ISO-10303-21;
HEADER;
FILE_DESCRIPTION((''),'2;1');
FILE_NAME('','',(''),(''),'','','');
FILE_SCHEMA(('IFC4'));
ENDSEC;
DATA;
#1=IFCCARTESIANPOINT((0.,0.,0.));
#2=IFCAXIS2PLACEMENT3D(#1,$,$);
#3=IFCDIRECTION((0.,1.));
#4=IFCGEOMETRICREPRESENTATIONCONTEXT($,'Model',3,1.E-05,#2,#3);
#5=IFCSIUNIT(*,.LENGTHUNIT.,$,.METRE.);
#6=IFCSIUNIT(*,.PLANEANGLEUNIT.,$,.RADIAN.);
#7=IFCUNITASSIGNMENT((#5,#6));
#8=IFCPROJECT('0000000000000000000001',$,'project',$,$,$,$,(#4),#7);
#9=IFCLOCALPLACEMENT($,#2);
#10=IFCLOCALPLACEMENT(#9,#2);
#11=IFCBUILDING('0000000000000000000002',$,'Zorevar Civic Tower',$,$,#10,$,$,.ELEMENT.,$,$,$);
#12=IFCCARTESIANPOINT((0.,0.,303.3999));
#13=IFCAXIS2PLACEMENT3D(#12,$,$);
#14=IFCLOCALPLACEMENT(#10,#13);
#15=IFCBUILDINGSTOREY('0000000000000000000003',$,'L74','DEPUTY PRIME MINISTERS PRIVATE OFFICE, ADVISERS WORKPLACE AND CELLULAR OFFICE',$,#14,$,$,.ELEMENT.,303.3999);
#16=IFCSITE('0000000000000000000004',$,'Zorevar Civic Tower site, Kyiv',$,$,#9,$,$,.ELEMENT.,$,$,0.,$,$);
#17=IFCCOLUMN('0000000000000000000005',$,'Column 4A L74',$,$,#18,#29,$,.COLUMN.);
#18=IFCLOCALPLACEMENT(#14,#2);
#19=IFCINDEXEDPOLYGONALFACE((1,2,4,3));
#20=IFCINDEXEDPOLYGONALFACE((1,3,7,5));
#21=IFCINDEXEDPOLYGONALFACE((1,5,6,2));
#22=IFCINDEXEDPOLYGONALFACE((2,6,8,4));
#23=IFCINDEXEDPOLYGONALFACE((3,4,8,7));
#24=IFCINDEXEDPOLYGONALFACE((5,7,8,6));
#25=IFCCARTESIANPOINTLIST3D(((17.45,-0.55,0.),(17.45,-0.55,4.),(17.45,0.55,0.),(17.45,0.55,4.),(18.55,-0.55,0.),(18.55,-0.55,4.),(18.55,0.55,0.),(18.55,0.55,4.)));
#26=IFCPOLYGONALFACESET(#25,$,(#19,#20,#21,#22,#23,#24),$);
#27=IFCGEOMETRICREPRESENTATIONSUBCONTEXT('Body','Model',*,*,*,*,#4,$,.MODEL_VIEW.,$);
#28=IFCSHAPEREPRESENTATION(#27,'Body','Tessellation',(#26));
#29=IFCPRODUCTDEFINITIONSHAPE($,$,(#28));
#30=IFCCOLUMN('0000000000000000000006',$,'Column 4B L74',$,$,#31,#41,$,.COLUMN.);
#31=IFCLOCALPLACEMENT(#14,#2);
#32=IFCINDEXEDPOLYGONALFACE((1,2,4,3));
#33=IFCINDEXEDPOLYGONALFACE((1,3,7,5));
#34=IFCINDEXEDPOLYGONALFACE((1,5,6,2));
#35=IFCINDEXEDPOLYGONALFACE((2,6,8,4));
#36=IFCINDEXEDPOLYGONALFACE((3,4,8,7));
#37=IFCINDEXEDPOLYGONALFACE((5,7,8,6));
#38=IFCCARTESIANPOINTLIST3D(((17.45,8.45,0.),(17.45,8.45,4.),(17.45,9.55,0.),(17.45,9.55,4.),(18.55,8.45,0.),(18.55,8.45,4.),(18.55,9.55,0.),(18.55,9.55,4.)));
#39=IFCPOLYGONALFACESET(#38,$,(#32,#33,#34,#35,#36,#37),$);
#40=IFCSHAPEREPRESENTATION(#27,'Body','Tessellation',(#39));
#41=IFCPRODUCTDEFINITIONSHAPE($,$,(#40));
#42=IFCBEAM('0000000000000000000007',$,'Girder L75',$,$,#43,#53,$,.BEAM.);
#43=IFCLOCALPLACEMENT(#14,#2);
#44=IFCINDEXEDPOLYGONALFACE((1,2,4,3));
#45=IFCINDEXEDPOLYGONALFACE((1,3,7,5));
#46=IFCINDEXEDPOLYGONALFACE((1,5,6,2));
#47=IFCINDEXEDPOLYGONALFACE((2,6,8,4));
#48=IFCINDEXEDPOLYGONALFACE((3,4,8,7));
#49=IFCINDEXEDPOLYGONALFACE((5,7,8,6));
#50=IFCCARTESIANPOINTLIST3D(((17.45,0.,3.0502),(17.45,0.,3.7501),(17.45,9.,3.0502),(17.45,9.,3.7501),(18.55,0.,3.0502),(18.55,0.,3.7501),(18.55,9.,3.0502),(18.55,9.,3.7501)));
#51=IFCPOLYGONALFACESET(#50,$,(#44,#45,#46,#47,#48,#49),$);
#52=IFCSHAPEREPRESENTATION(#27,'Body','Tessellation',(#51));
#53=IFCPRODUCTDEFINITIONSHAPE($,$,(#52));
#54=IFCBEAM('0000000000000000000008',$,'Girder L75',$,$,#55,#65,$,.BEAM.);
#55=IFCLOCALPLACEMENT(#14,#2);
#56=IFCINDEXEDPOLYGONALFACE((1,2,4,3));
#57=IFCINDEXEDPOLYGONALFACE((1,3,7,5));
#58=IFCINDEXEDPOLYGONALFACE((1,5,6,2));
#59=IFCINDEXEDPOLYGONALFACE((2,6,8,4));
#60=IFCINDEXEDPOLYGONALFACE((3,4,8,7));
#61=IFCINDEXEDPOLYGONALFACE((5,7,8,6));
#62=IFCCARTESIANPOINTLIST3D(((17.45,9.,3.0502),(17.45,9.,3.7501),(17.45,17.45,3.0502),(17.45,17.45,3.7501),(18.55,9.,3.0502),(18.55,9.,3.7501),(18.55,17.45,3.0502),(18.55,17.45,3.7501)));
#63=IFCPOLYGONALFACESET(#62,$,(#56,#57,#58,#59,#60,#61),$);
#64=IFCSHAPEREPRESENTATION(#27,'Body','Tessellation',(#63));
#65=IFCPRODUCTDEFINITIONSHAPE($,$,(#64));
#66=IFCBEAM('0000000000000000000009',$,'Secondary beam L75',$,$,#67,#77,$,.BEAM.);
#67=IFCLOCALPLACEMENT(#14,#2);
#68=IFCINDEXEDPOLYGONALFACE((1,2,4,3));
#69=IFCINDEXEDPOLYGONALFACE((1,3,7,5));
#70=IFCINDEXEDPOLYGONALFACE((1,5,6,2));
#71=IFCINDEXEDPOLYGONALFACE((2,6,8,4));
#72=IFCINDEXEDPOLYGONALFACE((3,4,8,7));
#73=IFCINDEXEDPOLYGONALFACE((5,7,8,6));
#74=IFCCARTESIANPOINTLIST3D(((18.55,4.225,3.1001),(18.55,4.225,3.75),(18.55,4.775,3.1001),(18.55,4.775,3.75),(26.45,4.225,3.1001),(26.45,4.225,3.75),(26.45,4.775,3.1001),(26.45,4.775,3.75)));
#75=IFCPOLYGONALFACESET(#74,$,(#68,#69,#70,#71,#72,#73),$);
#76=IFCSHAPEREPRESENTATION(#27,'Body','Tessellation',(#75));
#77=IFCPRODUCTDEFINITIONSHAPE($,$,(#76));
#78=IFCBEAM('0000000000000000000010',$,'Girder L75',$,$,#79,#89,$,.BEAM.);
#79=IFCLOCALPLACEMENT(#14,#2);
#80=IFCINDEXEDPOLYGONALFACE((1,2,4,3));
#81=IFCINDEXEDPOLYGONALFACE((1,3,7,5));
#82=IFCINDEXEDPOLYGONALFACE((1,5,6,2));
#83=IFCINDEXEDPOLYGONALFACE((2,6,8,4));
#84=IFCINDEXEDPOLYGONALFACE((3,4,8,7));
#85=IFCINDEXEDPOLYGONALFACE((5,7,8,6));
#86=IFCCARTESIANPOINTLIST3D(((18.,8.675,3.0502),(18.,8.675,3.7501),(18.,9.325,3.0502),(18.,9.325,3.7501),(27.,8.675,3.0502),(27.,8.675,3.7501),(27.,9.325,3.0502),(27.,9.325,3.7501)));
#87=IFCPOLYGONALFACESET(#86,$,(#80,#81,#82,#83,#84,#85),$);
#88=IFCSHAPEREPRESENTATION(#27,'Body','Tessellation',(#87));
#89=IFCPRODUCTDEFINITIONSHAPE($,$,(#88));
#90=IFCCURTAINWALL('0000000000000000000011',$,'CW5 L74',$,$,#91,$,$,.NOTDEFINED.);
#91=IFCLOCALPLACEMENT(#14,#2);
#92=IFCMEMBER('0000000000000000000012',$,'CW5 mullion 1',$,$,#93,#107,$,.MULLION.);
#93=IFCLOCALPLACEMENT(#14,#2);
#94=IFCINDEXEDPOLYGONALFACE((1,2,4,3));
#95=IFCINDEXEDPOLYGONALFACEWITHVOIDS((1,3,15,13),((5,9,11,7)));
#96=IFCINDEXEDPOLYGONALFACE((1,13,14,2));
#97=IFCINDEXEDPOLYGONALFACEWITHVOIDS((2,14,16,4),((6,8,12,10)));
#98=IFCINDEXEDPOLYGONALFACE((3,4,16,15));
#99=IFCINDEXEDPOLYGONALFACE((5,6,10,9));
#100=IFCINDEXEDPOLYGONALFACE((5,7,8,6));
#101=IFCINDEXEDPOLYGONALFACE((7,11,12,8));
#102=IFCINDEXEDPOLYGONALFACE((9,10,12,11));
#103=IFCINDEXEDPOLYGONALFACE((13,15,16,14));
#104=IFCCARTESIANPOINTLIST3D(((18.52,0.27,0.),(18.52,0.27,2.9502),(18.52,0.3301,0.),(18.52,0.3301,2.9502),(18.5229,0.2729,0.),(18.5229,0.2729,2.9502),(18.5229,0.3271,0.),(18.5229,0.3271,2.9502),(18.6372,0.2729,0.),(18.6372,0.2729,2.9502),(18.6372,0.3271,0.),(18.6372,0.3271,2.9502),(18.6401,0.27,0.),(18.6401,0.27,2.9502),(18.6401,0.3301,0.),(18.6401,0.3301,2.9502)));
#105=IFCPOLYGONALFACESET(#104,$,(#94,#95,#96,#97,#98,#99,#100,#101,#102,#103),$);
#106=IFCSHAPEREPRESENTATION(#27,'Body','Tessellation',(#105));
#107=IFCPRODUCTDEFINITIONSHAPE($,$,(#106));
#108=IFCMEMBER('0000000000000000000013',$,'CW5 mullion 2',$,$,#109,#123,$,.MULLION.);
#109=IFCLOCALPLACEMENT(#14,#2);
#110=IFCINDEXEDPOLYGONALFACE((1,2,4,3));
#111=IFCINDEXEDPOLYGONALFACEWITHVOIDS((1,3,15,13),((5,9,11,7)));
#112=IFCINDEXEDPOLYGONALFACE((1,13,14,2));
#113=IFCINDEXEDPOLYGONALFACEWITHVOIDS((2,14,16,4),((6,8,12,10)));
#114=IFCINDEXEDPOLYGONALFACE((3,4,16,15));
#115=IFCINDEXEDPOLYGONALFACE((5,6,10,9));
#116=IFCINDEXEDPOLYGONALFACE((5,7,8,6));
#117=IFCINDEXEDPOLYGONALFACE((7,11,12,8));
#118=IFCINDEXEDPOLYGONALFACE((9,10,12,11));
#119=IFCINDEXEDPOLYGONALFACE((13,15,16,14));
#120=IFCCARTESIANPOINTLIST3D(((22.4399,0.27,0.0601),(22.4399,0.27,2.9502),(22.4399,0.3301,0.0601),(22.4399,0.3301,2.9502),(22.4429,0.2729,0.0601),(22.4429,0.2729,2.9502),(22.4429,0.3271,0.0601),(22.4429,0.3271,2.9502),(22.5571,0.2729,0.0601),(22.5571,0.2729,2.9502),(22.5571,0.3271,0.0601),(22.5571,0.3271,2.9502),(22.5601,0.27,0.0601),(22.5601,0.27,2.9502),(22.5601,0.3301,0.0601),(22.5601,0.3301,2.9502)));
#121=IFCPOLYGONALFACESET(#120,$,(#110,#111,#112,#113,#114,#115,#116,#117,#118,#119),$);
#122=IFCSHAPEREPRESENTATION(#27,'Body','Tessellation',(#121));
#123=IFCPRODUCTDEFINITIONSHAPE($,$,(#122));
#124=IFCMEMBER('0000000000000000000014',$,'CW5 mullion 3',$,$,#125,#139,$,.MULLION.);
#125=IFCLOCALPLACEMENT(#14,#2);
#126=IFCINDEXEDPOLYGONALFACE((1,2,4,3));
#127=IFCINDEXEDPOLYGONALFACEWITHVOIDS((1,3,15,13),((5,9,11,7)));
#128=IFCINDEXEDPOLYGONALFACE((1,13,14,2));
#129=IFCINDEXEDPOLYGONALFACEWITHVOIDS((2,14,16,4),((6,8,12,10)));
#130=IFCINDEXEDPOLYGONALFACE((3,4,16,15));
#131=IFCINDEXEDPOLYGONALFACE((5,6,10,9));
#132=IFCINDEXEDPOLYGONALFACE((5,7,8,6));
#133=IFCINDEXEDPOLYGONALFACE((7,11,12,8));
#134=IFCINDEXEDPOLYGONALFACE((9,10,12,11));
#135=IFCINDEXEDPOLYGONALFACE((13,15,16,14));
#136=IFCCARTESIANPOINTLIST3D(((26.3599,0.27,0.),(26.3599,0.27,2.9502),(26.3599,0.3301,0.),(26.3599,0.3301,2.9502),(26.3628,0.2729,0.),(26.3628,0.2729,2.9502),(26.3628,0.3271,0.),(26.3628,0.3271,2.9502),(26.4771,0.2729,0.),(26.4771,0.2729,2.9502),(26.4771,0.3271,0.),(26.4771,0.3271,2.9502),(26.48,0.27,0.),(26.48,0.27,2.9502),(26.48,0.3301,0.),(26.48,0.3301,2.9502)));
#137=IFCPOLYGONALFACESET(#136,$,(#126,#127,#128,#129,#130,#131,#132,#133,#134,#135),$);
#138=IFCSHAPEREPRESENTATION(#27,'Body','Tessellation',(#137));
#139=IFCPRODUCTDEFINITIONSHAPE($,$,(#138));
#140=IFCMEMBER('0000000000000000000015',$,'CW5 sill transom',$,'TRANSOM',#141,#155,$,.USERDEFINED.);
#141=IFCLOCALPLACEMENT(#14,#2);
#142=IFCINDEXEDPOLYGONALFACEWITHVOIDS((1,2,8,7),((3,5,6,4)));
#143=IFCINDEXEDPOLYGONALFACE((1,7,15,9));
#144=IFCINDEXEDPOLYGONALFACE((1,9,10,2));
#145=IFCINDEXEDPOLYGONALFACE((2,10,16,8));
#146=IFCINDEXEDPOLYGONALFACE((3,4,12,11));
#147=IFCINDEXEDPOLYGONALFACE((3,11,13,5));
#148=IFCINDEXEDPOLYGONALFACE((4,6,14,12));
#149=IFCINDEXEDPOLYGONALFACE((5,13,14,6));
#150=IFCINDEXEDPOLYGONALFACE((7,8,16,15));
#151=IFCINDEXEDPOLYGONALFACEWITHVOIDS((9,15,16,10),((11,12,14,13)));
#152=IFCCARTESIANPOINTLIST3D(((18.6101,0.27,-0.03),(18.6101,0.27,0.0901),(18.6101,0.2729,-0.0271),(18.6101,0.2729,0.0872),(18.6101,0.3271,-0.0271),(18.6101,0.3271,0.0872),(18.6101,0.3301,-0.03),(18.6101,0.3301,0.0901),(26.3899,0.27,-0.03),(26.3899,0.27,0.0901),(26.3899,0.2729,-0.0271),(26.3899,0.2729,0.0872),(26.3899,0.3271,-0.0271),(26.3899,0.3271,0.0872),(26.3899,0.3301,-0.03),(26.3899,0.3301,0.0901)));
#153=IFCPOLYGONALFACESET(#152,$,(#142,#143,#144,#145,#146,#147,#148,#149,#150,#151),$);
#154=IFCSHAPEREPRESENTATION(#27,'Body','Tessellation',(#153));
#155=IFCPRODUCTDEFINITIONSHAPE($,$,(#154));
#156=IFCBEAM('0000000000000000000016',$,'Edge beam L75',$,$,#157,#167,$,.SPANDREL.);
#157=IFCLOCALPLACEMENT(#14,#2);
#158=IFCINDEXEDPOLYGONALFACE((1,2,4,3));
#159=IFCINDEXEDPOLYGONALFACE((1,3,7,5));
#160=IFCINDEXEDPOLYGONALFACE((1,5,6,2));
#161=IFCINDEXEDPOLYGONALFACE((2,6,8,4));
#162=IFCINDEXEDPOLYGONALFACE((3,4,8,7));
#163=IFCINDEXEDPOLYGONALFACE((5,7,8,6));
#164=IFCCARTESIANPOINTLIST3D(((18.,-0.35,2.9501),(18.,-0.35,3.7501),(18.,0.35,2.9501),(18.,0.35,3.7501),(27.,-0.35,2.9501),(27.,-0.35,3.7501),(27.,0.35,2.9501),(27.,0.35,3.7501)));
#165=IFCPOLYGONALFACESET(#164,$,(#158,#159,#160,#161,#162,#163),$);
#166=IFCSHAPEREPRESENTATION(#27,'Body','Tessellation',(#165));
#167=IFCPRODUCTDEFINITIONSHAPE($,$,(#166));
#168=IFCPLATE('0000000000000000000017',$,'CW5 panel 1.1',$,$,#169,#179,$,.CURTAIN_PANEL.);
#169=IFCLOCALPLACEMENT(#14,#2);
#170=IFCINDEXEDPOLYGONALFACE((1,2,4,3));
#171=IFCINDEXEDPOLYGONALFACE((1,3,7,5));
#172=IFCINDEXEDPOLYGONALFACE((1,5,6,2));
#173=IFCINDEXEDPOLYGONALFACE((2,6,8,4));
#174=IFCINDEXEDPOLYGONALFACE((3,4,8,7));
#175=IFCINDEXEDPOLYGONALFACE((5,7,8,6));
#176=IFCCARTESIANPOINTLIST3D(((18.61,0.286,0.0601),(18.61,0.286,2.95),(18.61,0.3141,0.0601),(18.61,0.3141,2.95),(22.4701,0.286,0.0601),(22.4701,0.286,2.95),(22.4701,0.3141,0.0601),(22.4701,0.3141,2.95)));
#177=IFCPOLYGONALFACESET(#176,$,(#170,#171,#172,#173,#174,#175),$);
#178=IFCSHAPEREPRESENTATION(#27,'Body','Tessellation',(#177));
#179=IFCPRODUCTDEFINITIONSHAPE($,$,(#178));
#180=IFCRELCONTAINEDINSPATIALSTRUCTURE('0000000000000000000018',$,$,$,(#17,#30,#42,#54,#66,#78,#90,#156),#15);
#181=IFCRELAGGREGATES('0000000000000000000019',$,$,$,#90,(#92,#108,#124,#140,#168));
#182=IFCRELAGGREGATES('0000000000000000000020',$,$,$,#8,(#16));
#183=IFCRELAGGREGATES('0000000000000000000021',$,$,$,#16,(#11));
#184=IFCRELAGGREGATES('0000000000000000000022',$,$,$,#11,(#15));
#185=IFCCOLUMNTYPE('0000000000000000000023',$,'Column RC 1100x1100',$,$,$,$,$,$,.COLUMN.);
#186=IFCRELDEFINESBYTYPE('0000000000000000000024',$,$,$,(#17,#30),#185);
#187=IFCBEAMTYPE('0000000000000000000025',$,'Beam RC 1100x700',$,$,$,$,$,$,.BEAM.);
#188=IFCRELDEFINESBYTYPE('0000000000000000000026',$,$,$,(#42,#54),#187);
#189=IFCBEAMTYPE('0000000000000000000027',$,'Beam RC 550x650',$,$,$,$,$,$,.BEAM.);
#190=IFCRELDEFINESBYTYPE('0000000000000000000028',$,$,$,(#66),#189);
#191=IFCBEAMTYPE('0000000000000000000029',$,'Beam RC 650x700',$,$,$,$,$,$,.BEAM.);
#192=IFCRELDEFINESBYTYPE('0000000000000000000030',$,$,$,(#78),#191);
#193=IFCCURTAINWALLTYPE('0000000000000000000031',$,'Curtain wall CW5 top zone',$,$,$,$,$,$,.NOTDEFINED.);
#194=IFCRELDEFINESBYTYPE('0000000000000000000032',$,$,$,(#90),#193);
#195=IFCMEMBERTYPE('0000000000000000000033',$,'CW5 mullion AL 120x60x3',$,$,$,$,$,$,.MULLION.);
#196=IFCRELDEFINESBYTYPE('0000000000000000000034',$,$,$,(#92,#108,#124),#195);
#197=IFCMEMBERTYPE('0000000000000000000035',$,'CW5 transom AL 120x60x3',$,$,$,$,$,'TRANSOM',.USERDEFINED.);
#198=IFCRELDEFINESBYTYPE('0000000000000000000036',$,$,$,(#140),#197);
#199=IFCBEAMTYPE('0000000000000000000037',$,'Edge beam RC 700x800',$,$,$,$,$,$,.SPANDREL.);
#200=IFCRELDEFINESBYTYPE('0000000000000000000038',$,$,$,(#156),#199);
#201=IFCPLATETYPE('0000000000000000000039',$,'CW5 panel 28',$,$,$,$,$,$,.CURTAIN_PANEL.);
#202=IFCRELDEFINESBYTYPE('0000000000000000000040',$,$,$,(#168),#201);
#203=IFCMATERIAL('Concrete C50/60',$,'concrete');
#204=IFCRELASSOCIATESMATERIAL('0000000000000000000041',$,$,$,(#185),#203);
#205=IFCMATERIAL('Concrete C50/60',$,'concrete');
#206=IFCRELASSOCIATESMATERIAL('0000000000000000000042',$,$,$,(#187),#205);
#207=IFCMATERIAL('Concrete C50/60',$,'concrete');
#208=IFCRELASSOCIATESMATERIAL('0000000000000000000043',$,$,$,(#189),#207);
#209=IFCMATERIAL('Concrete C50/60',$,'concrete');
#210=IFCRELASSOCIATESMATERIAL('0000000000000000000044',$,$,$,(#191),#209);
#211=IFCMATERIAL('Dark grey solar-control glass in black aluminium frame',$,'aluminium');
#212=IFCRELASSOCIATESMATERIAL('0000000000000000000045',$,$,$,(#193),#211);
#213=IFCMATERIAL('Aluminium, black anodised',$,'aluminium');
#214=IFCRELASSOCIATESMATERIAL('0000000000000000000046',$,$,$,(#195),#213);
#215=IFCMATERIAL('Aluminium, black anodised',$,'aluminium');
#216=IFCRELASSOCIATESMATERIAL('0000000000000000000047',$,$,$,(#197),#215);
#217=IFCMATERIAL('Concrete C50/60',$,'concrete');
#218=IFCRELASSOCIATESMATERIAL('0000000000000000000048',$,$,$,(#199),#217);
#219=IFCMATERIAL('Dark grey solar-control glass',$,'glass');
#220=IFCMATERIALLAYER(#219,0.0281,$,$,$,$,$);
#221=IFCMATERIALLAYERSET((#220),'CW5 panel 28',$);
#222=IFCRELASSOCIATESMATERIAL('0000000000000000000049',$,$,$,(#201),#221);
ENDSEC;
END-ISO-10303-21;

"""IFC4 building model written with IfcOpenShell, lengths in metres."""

from ifc_helpers import new_model, si_unit, direction, frame, origin, origin_2d, place, context, subcontext, project, spatial, rectangle, hollow_rectangle, extrude, material, layer, layer_set, material_profile, profile_set, type_object, element, aggregate, save


model = new_model("IFC4")

# Units and contexts
model_context = context("Model", 3, precision=1e-05, world=origin(), true_north=direction((0.0, 1.0)))
body_context = subcontext(model_context, "Body", "Model", "MODEL_VIEW")
ifc_project = project(units=[si_unit("LENGTHUNIT", "METRE"), si_unit("PLANEANGLEUNIT", "RADIAN")], contexts=[model_context])

# Site, building, storey
site_placement = place(None, origin())
site = spatial("IfcSite", under=ifc_project, at=site_placement, Name="Zorevar Civic Tower site, Kyiv", CompositionType="ELEMENT", RefElevation=0.0)
building_placement = place(site_placement, origin())
building = spatial("IfcBuilding", under=site, at=building_placement, Name="Zorevar Civic Tower", CompositionType="ELEMENT")
storey_placement = place(building_placement, frame((0.0, 0.0, 303.3999)))
storey = spatial("IfcBuildingStorey", under=building, at=storey_placement, Name="L74", Description="DEPUTY PRIME MINISTERS PRIVATE OFFICE, ADVISERS WORKPLACE AND CELLULAR OFFICE", CompositionType="ELEMENT", Elevation=303.3999)

# Columns
ifc_material_1 = material(Name="Concrete C50/60", Category="concrete")
ifc_material_profile_1 = material_profile(ifc_material_1, rectangle(XDim=1.1001, YDim=1.1001, at=origin_2d()), Name="RC 1100x1100")
ifc_profile_set_1 = profile_set([ifc_material_profile_1], Name="Concrete C50/60")
column_type = type_object("IfcColumnType", Name="Column RC 1100x1100", PredefinedType="COLUMN", material=ifc_profile_set_1)
for number, where, z_axis, x_axis, name in (
    (1, (18.0, 0.0, 0.0), (0.0, 0.0, 1.0), (1.0, 0.0, 0.0), "Column 4A L74"),
    (2, (18.0, 9.0, 0.0), (0.0, 0.0, 1.0), (1.0, 0.0, 0.0), "Column 4B L74"),
):
    element("IfcColumn", number, at=place(storey_placement, frame(where, z_axis=z_axis, x_axis=x_axis)), inside=storey, type_object=column_type, Name=name, PredefinedType="COLUMN", context=body_context, shape_type="SweptSolid", body=[
        extrude(rectangle(XDim=1.1001, YDim=1.1001, at=origin_2d()), origin(), (0.0, 0.0, 1.0), 4.0),
    ])

# Beams
ifc_material_2 = material(Name="Concrete C50/60", Category="concrete")
ifc_material_profile_2 = material_profile(ifc_material_2, rectangle(XDim=1.1001, YDim=0.7, at=origin_2d()), Name="RC 1100x700")
ifc_profile_set_2 = profile_set([ifc_material_profile_2], Name="Concrete C50/60")
beam_type_1 = type_object("IfcBeamType", Name="Beam RC 1100x700", PredefinedType="BEAM", material=ifc_profile_set_2)
beam_1_placement = place(storey_placement, frame((18.0, 0.0, 3.4001), z_axis=(0.0, 1.0, 0.0), x_axis=(-1.0, 0.0, 0.0)))
element("IfcBeam", 3, at=beam_1_placement, inside=storey, type_object=beam_type_1, Name="Girder L75", PredefinedType="BEAM", context=body_context, shape_type="SweptSolid", body=[
    extrude(rectangle(XDim=1.1001, YDim=0.7, at=origin_2d()), origin(), (0.0, 0.0, 1.0), 9.0),
])
beam_2_placement = place(storey_placement, frame((18.0, 9.0, 3.4001), z_axis=(0.0, 1.0, 0.0), x_axis=(-1.0, 0.0, 0.0)))
element("IfcBeam", 4, at=beam_2_placement, inside=storey, type_object=beam_type_1, Name="Girder L75", PredefinedType="BEAM", context=body_context, shape_type="SweptSolid", body=[
    extrude(rectangle(XDim=1.1001, YDim=0.7, at=origin_2d()), origin(), (0.0, 0.0, 1.0), 8.45),
])
ifc_material_3 = material(Name="Concrete C50/60", Category="concrete")
ifc_material_profile_3 = material_profile(ifc_material_3, rectangle(XDim=0.55, YDim=0.6499, at=origin_2d()), Name="RC 550x650")
ifc_profile_set_3 = profile_set([ifc_material_profile_3], Name="Concrete C50/60")
beam_type_2 = type_object("IfcBeamType", Name="Beam RC 550x650", PredefinedType="BEAM", material=ifc_profile_set_3)
beam_3_placement = place(storey_placement, frame((18.55, 4.5, 3.425), z_axis=(1.0, 0.0, 0.0), x_axis=(0.0, 1.0, 0.0)))
element("IfcBeam", 5, at=beam_3_placement, inside=storey, type_object=beam_type_2, Name="Secondary beam L75", PredefinedType="BEAM", context=body_context, shape_type="SweptSolid", body=[
    extrude(rectangle(XDim=0.55, YDim=0.6499, at=origin_2d()), origin(), (0.0, 0.0, 1.0), 7.8999),
])
ifc_material_4 = material(Name="Concrete C50/60", Category="concrete")
ifc_material_profile_4 = material_profile(ifc_material_4, rectangle(XDim=0.6499, YDim=0.7, at=origin_2d()), Name="RC 650x700")
ifc_profile_set_4 = profile_set([ifc_material_profile_4], Name="Concrete C50/60")
beam_type_3 = type_object("IfcBeamType", Name="Beam RC 650x700", PredefinedType="BEAM", material=ifc_profile_set_4)
beam_4_placement = place(storey_placement, frame((18.0, 9.0, 3.4001), z_axis=(1.0, 0.0, 0.0), x_axis=(0.0, 1.0, 0.0)))
element("IfcBeam", 6, at=beam_4_placement, inside=storey, type_object=beam_type_3, Name="Girder L75", PredefinedType="BEAM", context=body_context, shape_type="SweptSolid", body=[
    extrude(rectangle(XDim=0.6499, YDim=0.7, at=origin_2d()), origin(), (0.0, 0.0, 1.0), 9.0),
])

# Curtain wall, members
ifc_material_5 = material(Name="Dark grey solar-control glass in black aluminium frame", Category="aluminium")
curtain_wall_type = type_object("IfcCurtainWallType", Name="Curtain wall CW5 top zone", PredefinedType="NOTDEFINED", material=ifc_material_5)
curtain_wall_placement = place(storey_placement, origin())
curtain_wall = element("IfcCurtainWall", 7, at=curtain_wall_placement, inside=storey, type_object=curtain_wall_type, Name="CW5 L74", PredefinedType="NOTDEFINED")
ifc_material_6 = material(Name="Aluminium, black anodised", Category="aluminium")
ifc_material_profile_5 = material_profile(ifc_material_6, hollow_rectangle(XDim=0.0601, YDim=0.1201, WallThickness=0.0029, at=origin_2d()), Name="AL 120x60x3")
ifc_profile_set_5 = profile_set([ifc_material_profile_5], Name="Aluminium, black anodised")
member_type_1 = type_object("IfcMemberType", Name="CW5 mullion AL 120x60x3", PredefinedType="MULLION", material=ifc_profile_set_5)
member_1_placement = place(storey_placement, frame((18.5801, 0.3, 0.0), z_axis=(0.0, 0.0, 1.0), x_axis=(0.0, 1.0, 0.0)))
member_1 = element("IfcMember", 8, at=member_1_placement, type_object=member_type_1, Name="CW5 mullion 1", PredefinedType="MULLION", context=body_context, shape_type="SweptSolid", body=[
    extrude(hollow_rectangle(XDim=0.0601, YDim=0.1201, WallThickness=0.0029, at=origin_2d()), origin(), (0.0, 0.0, 1.0), 2.9502),
])
member_2_placement = place(storey_placement, frame((22.5, 0.3, 0.0601), z_axis=(0.0, 0.0, 1.0), x_axis=(0.0, 1.0, 0.0)))
member_2 = element("IfcMember", 9, at=member_2_placement, type_object=member_type_1, Name="CW5 mullion 2", PredefinedType="MULLION", context=body_context, shape_type="SweptSolid", body=[
    extrude(hollow_rectangle(XDim=0.0601, YDim=0.1201, WallThickness=0.0029, at=origin_2d()), origin(), (0.0, 0.0, 1.0), 2.8901),
])
member_3_placement = place(storey_placement, frame((26.4199, 0.3, 0.0), z_axis=(0.0, 0.0, 1.0), x_axis=(0.0, 1.0, 0.0)))
member_3 = element("IfcMember", 10, at=member_3_placement, type_object=member_type_1, Name="CW5 mullion 3", PredefinedType="MULLION", context=body_context, shape_type="SweptSolid", body=[
    extrude(hollow_rectangle(XDim=0.0601, YDim=0.1201, WallThickness=0.0029, at=origin_2d()), origin(), (0.0, 0.0, 1.0), 2.9502),
])
ifc_material_7 = material(Name="Aluminium, black anodised", Category="aluminium")
ifc_material_profile_6 = material_profile(ifc_material_7, hollow_rectangle(XDim=0.0601, YDim=0.1201, WallThickness=0.0029, at=origin_2d()), Name="AL 120x60x3")
ifc_profile_set_6 = profile_set([ifc_material_profile_6], Name="Aluminium, black anodised")
member_type_2 = type_object("IfcMemberType", Name="CW5 transom AL 120x60x3", ElementType="TRANSOM", PredefinedType="USERDEFINED", material=ifc_profile_set_6)
member_4_placement = place(storey_placement, frame((18.6101, 0.3, 0.03), z_axis=(1.0, 0.0, 0.0), x_axis=(0.0, 1.0, 0.0)))
member_4 = element("IfcMember", 11, at=member_4_placement, type_object=member_type_2, Name="CW5 sill transom", ObjectType="TRANSOM", PredefinedType="USERDEFINED", context=body_context, shape_type="SweptSolid", body=[
    extrude(hollow_rectangle(XDim=0.0601, YDim=0.1201, WallThickness=0.0029, at=origin_2d()), origin(), (0.0, 0.0, 1.0), 7.7798),
])

# Beam
ifc_material_8 = material(Name="Concrete C50/60", Category="concrete")
ifc_material_profile_7 = material_profile(ifc_material_8, rectangle(XDim=0.7, YDim=0.8, at=origin_2d()), Name="RC 700x800")
ifc_profile_set_7 = profile_set([ifc_material_profile_7], Name="Concrete C50/60")
beam_type_4 = type_object("IfcBeamType", Name="Edge beam RC 700x800", PredefinedType="SPANDREL", material=ifc_profile_set_7)
beam_5_placement = place(storey_placement, frame((18.0, 0.0, 3.3501), z_axis=(1.0, 0.0, 0.0), x_axis=(0.0, 1.0, 0.0)))
element("IfcBeam", 12, at=beam_5_placement, inside=storey, type_object=beam_type_4, Name="Edge beam L75", PredefinedType="SPANDREL", context=body_context, shape_type="SweptSolid", body=[
    extrude(rectangle(XDim=0.7, YDim=0.8, at=origin_2d()), origin(), (0.0, 0.0, 1.0), 9.0),
])

# Plate
ifc_material_9 = material(Name="Dark grey solar-control glass", Category="glass")
ifc_layer_1 = layer(ifc_material_9, 0.0281)
ifc_layer_set_1 = layer_set([ifc_layer_1], Name="CW5 panel 28")
plate_type = type_object("IfcPlateType", Name="CW5 panel 28", PredefinedType="CURTAIN_PANEL", material=ifc_layer_set_1)
plate_1_placement = place(storey_placement, frame((20.54, 0.3, 0.0601), z_axis=(0.0, 0.0, 1.0), x_axis=(1.0, 0.0, 0.0)))
plate_1 = element("IfcPlate", 13, at=plate_1_placement, type_object=plate_type, Name="CW5 panel 1.1", PredefinedType="CURTAIN_PANEL", context=body_context, shape_type="SweptSolid", body=[
    extrude(rectangle(XDim=3.8601, YDim=0.0281, at=origin_2d()), origin(), (0.0, 0.0, 1.0), 2.8899),
])
aggregate(curtain_wall, [member_1, member_2, member_3, member_4, plate_1])

save(model, "model.ifc")
